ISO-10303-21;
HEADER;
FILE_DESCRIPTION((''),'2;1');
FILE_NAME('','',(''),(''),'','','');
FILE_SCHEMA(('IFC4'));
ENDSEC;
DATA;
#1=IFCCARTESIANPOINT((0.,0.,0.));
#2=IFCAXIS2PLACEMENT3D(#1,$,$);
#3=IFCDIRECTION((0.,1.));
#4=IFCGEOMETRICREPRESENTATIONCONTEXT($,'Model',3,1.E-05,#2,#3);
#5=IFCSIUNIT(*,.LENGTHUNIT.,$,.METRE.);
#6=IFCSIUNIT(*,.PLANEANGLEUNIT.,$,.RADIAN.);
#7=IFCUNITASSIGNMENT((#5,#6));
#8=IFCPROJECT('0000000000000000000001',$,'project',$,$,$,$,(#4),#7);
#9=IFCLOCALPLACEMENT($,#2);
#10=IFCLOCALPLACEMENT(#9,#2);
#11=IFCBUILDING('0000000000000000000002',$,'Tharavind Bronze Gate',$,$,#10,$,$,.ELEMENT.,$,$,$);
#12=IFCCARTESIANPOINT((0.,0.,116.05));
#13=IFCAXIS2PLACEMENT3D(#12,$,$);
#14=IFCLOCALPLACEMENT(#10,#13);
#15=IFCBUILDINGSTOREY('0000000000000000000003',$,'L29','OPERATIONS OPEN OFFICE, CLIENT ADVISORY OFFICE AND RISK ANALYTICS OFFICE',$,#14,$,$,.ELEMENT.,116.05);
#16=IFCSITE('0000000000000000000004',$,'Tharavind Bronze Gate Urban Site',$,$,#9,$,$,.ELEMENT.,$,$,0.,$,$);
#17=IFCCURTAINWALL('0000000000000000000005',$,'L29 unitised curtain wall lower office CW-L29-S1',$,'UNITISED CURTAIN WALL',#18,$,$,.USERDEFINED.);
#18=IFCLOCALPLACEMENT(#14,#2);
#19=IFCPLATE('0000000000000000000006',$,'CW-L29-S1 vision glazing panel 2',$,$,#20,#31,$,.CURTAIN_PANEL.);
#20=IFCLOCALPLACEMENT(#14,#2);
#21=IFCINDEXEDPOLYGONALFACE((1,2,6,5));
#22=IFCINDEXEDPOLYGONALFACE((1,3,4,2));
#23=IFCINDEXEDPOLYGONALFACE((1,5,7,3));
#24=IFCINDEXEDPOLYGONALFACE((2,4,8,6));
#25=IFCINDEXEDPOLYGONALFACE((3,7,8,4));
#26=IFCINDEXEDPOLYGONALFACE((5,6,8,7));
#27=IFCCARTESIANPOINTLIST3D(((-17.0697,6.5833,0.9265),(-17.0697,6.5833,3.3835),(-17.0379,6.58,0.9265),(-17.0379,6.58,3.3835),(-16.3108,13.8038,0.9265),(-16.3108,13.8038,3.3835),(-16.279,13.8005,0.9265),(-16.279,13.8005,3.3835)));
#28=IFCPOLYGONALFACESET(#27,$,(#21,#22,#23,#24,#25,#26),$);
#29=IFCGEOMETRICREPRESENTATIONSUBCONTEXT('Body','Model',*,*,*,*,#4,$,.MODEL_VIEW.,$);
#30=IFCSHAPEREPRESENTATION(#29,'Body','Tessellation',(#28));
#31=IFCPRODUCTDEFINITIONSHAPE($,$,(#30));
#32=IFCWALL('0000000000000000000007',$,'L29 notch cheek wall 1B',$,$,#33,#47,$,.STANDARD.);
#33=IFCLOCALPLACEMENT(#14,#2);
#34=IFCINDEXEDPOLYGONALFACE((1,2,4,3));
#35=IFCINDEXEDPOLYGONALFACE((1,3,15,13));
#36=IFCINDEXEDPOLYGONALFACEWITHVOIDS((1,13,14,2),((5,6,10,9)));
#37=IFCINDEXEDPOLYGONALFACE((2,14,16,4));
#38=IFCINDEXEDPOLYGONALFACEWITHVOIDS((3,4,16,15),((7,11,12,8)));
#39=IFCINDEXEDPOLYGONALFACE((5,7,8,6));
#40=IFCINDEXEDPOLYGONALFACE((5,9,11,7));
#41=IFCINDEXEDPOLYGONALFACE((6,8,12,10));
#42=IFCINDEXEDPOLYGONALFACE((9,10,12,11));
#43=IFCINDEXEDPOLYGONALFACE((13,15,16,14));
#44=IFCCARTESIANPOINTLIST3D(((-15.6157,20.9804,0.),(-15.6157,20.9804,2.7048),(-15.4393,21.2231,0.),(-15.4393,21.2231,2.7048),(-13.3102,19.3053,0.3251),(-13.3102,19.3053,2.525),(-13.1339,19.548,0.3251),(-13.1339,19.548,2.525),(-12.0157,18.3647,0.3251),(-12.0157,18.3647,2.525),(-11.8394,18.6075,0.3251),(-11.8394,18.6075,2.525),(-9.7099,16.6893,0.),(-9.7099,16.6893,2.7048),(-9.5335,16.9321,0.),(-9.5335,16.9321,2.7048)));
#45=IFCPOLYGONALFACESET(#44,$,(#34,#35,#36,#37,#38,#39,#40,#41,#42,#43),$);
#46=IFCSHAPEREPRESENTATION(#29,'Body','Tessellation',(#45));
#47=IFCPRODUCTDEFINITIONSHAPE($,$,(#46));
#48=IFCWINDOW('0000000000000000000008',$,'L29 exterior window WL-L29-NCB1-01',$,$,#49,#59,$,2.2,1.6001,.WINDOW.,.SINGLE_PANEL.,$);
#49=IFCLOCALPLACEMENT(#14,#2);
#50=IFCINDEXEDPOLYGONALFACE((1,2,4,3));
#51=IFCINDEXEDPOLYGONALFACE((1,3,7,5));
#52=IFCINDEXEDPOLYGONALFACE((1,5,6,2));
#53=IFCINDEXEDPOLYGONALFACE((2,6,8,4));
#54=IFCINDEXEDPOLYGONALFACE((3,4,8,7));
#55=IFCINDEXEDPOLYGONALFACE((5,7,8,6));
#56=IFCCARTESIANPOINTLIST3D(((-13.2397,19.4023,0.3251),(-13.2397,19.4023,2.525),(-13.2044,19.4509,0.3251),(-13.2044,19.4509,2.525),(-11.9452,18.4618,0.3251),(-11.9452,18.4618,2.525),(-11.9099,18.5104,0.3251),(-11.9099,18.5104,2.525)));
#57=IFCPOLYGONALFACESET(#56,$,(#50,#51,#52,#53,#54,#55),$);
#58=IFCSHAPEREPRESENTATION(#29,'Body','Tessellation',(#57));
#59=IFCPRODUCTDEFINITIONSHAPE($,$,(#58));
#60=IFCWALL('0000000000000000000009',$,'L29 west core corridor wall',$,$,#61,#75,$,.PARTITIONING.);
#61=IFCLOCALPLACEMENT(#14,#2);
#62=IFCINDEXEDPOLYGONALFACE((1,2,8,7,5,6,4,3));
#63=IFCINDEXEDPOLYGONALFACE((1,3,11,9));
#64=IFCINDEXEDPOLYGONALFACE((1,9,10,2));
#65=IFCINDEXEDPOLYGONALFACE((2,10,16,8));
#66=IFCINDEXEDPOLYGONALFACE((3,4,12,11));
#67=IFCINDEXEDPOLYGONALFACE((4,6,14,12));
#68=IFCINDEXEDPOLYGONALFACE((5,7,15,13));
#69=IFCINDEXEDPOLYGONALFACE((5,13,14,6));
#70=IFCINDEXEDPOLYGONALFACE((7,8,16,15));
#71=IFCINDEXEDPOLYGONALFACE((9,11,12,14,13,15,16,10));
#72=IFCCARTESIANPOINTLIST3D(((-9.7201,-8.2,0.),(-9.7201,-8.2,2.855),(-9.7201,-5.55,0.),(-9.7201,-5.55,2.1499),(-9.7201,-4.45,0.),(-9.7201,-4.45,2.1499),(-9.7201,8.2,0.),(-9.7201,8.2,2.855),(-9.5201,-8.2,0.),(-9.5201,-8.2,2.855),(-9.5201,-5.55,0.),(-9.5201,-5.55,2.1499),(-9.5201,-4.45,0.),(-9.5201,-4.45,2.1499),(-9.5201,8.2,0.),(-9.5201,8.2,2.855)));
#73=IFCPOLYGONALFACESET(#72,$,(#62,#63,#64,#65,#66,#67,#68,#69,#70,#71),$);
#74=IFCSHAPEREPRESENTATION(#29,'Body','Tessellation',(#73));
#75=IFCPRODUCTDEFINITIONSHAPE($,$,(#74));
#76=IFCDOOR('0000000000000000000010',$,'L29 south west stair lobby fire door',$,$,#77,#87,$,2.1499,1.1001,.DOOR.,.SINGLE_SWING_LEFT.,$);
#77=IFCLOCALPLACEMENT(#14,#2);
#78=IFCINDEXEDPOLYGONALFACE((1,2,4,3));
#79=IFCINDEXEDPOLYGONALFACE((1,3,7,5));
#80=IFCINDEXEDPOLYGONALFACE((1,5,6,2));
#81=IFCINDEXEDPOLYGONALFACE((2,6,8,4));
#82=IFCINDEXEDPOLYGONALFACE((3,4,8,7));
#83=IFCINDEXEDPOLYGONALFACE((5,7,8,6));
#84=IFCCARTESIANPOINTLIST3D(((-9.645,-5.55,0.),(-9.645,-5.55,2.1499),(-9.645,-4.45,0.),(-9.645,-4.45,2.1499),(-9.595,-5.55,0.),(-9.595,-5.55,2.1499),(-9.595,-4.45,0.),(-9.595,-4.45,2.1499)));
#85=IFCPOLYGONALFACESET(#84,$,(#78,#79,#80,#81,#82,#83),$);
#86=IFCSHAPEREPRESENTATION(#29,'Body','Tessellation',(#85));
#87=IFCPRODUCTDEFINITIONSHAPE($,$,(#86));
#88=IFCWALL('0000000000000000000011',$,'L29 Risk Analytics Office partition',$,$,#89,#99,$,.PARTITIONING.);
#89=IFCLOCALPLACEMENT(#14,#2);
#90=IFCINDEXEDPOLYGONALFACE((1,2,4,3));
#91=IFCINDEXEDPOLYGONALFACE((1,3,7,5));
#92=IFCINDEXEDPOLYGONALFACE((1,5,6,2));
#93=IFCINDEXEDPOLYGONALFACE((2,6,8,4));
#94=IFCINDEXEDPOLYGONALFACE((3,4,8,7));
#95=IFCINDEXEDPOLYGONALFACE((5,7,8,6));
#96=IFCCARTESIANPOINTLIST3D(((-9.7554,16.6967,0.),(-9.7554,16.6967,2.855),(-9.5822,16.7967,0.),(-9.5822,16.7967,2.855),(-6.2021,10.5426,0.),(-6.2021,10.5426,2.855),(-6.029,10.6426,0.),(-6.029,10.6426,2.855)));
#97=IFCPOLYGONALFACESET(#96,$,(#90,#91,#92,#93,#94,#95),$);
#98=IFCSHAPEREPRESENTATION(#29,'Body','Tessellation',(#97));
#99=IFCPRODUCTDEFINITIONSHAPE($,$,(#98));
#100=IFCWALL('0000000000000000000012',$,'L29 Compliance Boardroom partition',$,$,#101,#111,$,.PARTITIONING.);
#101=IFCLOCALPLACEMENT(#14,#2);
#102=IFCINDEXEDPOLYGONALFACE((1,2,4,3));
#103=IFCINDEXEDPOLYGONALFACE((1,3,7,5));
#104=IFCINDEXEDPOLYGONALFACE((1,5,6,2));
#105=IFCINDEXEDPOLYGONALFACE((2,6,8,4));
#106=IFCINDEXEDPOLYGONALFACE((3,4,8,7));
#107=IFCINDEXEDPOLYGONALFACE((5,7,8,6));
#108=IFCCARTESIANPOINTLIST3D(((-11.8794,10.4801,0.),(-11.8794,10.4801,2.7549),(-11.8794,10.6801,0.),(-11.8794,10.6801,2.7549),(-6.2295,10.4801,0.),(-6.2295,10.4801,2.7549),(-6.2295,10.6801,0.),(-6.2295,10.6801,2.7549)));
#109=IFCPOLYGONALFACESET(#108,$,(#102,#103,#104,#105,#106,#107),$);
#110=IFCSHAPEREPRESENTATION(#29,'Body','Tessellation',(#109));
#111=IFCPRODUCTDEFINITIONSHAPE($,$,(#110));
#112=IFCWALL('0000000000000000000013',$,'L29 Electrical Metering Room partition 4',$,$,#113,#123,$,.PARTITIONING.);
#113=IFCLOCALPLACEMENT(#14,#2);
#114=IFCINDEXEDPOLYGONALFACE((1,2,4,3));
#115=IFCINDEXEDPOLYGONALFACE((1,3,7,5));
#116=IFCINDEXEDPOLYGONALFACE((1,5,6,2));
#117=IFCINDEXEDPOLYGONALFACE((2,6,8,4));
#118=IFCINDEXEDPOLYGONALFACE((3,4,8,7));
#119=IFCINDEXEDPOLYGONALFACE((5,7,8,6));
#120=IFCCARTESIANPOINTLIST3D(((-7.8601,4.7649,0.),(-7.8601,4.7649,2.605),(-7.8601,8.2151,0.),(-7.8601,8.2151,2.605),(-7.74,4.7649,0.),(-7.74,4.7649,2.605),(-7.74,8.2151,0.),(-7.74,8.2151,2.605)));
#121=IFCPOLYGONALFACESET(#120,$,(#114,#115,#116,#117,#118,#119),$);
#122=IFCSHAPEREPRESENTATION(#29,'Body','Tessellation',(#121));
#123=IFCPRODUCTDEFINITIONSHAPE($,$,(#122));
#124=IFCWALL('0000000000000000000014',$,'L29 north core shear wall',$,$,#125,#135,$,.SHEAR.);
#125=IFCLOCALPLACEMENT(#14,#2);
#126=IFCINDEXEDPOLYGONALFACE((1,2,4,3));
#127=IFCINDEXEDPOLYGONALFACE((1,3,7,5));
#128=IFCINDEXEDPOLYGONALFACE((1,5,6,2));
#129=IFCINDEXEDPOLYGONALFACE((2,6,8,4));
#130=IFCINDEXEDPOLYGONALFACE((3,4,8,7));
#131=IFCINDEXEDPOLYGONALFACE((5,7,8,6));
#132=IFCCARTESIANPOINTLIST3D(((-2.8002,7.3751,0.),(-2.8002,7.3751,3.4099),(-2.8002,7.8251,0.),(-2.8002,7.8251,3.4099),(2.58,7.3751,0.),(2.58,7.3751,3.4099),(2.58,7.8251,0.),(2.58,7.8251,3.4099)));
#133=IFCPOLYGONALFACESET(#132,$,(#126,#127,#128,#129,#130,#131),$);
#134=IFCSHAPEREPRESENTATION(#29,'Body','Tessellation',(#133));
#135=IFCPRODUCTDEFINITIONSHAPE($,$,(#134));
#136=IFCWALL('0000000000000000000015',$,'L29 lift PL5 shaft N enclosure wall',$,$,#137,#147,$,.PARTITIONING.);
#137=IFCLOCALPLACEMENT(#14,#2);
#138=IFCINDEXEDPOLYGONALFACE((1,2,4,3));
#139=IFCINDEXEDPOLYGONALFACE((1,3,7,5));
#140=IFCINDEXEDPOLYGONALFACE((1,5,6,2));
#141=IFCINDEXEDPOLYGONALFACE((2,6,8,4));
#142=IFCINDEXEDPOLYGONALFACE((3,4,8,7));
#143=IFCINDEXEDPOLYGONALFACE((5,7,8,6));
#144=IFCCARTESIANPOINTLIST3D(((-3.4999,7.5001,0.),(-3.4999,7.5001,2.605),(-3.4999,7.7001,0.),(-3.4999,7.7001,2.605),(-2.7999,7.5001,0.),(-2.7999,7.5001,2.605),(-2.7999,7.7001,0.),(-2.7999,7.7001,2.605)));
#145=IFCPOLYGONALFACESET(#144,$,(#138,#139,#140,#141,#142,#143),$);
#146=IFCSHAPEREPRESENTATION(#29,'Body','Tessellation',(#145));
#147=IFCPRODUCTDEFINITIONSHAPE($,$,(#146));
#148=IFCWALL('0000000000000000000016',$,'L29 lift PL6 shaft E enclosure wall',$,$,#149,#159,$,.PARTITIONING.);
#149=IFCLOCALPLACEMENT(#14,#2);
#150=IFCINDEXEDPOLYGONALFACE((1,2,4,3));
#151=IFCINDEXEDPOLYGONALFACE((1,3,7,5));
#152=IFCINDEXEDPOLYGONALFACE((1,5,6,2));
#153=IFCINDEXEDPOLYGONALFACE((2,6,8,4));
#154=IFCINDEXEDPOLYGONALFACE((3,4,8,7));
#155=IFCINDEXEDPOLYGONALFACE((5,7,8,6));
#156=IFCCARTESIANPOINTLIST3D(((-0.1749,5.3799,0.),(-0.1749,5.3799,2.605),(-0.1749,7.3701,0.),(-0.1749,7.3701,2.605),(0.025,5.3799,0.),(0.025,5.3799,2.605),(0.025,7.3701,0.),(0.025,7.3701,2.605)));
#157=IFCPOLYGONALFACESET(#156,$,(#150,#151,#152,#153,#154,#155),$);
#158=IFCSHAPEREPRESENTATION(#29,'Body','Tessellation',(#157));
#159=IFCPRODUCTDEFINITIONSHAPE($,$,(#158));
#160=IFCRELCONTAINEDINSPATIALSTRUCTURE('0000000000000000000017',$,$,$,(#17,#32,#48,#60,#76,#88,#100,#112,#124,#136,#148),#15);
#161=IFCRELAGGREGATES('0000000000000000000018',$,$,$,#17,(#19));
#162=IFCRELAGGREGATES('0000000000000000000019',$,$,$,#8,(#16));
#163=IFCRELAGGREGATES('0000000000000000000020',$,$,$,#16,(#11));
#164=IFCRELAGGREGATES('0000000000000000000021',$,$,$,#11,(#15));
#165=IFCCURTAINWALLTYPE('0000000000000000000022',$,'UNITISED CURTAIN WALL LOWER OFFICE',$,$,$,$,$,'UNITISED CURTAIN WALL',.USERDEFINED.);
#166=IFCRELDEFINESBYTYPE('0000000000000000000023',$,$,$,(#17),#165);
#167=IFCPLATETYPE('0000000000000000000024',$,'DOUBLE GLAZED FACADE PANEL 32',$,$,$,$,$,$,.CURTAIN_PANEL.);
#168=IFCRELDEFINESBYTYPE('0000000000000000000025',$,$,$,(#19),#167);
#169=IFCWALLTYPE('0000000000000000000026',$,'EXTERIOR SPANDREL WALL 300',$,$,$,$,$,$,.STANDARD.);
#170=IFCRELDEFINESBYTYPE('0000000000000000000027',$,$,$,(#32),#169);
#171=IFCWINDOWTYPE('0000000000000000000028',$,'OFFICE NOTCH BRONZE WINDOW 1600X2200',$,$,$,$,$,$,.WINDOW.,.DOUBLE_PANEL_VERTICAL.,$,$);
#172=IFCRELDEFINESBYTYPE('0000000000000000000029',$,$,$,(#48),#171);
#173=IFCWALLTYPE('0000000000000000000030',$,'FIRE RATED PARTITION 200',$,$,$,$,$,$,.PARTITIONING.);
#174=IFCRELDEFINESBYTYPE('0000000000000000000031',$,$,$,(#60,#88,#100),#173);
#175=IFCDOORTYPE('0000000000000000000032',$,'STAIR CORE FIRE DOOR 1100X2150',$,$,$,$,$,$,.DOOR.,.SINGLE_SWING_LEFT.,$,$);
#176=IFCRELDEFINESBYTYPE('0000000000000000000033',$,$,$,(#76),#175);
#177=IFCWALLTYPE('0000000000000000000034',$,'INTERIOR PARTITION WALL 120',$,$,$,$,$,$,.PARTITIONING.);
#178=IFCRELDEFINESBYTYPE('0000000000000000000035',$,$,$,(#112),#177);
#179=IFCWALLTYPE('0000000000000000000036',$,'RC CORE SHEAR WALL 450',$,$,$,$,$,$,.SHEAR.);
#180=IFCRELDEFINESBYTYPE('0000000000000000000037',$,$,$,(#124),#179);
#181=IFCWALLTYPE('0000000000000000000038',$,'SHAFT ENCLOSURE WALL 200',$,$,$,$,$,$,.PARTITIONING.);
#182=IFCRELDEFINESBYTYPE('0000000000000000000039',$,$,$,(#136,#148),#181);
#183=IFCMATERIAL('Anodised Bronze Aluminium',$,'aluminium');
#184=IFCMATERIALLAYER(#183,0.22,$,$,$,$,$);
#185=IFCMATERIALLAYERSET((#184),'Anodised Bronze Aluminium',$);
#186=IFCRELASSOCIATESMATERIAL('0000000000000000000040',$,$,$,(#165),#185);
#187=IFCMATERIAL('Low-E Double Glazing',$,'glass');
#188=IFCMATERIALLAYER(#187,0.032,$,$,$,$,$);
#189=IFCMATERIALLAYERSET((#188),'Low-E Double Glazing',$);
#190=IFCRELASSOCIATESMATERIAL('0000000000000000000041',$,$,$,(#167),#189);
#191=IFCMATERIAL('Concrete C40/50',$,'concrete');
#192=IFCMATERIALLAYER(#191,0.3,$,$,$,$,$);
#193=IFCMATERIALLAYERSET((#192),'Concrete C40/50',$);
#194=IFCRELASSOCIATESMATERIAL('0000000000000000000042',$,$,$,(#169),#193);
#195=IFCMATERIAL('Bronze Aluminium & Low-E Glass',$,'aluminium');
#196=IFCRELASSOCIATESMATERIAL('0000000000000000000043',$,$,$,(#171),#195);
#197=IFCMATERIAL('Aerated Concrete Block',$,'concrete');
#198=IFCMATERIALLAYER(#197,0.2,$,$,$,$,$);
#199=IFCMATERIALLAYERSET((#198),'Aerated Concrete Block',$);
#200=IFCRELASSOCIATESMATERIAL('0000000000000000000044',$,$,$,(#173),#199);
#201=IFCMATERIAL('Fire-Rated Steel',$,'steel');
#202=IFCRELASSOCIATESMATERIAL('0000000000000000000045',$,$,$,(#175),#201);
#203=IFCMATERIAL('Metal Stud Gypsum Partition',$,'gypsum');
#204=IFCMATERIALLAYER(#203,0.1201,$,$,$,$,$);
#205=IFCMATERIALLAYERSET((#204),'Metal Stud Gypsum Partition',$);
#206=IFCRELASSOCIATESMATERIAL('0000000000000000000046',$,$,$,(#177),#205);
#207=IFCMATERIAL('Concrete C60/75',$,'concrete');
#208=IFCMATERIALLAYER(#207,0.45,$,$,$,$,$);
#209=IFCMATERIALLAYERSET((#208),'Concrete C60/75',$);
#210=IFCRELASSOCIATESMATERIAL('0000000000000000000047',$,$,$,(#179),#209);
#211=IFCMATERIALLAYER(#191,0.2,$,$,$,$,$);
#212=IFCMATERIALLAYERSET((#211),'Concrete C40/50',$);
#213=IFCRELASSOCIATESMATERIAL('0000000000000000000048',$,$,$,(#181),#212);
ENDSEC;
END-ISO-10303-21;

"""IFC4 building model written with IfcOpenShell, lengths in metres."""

from ifc_helpers import new_model, si_unit, direction, frame, frame_2d, origin, origin_2d, place, context, subcontext, project, spatial, rectangle, extrude, material, layer, layer_set, type_object, element, fill, aggregate, save


model = new_model("IFC4")

# Units and contexts
model_context = context("Model", 3, precision=1e-05, world=origin(), true_north=direction((0.0, 1.0)))
body_context = subcontext(model_context, "Body", "Model", "MODEL_VIEW")
ifc_project = project(units=[si_unit("LENGTHUNIT", "METRE"), si_unit("PLANEANGLEUNIT", "RADIAN")], contexts=[model_context])

# Site, building, storey
site_placement = place(None, origin())
site = spatial("IfcSite", under=ifc_project, at=site_placement, Name="Tharavind Bronze Gate Urban Site", CompositionType="ELEMENT", RefElevation=0.0)
building_placement = place(site_placement, origin())
building = spatial("IfcBuilding", under=site, at=building_placement, Name="Tharavind Bronze Gate", CompositionType="ELEMENT")
storey_placement = place(building_placement, frame((0.0, 0.0, 116.05)))
storey = spatial("IfcBuildingStorey", under=building, at=storey_placement, Name="L29", Description="OPERATIONS OPEN OFFICE, CLIENT ADVISORY OFFICE AND RISK ANALYTICS OFFICE", CompositionType="ELEMENT", Elevation=116.05)

# Shared definitions
ifc_material_1 = material(Name="Concrete C60/75", Category="concrete")

# Curtain wall
ifc_material_2 = material(Name="Anodised Bronze Aluminium", Category="aluminium")
ifc_layer_1 = layer(ifc_material_2, 0.22)
ifc_layer_set_1 = layer_set([ifc_layer_1], Name="Anodised Bronze Aluminium")
curtain_wall_type = type_object("IfcCurtainWallType", Name="UNITISED CURTAIN WALL LOWER OFFICE", ElementType="UNITISED CURTAIN WALL", PredefinedType="USERDEFINED", material=ifc_layer_set_1)
curtain_wall_placement = place(storey_placement, origin())
curtain_wall = element("IfcCurtainWall", 1, at=curtain_wall_placement, inside=storey, type_object=curtain_wall_type, Name="L29 unitised curtain wall lower office CW-L29-S1", ObjectType="UNITISED CURTAIN WALL", PredefinedType="USERDEFINED")

# Plate
ifc_material_3 = material(Name="Low-E Double Glazing", Category="glass")
ifc_layer_2 = layer(ifc_material_3, 0.032)
ifc_layer_set_2 = layer_set([ifc_layer_2], Name="Low-E Double Glazing")
plate_type_1 = type_object("IfcPlateType", Name="DOUBLE GLAZED FACADE PANEL 32", PredefinedType="CURTAIN_PANEL", material=ifc_layer_set_2)
plate_1_placement = place(storey_placement, frame((-16.6743, 10.1919, 0.9265), z_axis=(0.0, 0.0, 1.0), x_axis=(-0.104527, -0.994522, 0.0)))
plate_1 = element("IfcPlate", 2, at=plate_1_placement, type_object=plate_type_1, Name="CW-L29-S1 vision glazing panel 2", PredefinedType="CURTAIN_PANEL", context=body_context, shape_type="SweptSolid", body=[
    extrude(rectangle(XDim=7.2603, YDim=0.032, at=origin_2d()), origin(), (0.0, 0.0, 1.0), 2.457),
])
aggregate(curtain_wall, [plate_1])

# Wall, opening, window
ifc_material_4 = material(Name="Concrete C40/50", Category="concrete")
ifc_layer_3 = layer(ifc_material_4, 0.3)
ifc_layer_set_3 = layer_set([ifc_layer_3], Name="Concrete C40/50")
wall_type_1 = type_object("IfcWallType", Name="EXTERIOR SPANDREL WALL 300", PredefinedType="STANDARD", material=ifc_layer_set_3)
wall_1_placement = place(storey_placement, frame((-9.6218, 16.8108, 0.0), z_axis=(0.0, 0.0, 1.0), x_axis=(-0.809002, 0.587806, 0.0)))
wall_1 = element("IfcWall", 3, at=wall_1_placement, inside=storey, type_object=wall_type_1, Name="L29 notch cheek wall 1B", PredefinedType="STANDARD", context=body_context, shape_type="SweptSolid", body=[
    extrude(rectangle(XDim=7.3, YDim=0.3, at=frame_2d((3.6499, 0.0))), origin(), (0.0, 0.0, 1.0), 2.7048),
])
opening_1_placement = place(wall_1_placement, frame((2.8501, 0.0, 0.325)))
opening_1 = element("IfcOpeningElement", 4, at=opening_1_placement, cuts=wall_1, PredefinedType="OPENING", context=body_context, shape_type="SweptSolid", body=[
    extrude(rectangle(XDim=1.6001, YDim=2.2, at=frame_2d((0.8, 1.1001))), frame((0.0, 0.1599, 0.0), z_axis=(0.0, -1.0, 0.0), x_axis=(1.0, 0.0, 0.0)), (0.0, 0.0, 1.0), 0.32),
])
ifc_material_5 = material(Name="Bronze Aluminium & Low-E Glass", Category="aluminium")
window_type = type_object("IfcWindowType", Name="OFFICE NOTCH BRONZE WINDOW 1600X2200", PartitioningType="DOUBLE_PANEL_VERTICAL", PredefinedType="WINDOW", material=ifc_material_5)
window_placement = place(opening_1_placement, origin())
window = element("IfcWindow", 5, at=window_placement, inside=storey, type_object=window_type, Name="L29 exterior window WL-L29-NCB1-01", OverallHeight=2.2, OverallWidth=1.6001, PartitioningType="SINGLE_PANEL", PredefinedType="WINDOW", context=body_context, shape_type="SweptSolid", body=[
    extrude(rectangle(XDim=1.6001, YDim=2.2, at=frame_2d((0.8, 1.1001))), frame((0.0, 0.03, 0.0), z_axis=(0.0, -1.0, 0.0), x_axis=(1.0, 0.0, 0.0)), (0.0, 0.0, 1.0), 0.0601),
])
fill(opening_1, window)

# Wall, opening, door
ifc_material_6 = material(Name="Aerated Concrete Block", Category="concrete")
ifc_layer_4 = layer(ifc_material_6, 0.2)
ifc_layer_set_4 = layer_set([ifc_layer_4], Name="Aerated Concrete Block")
wall_type_2 = type_object("IfcWallType", Name="FIRE RATED PARTITION 200", PredefinedType="PARTITIONING", material=ifc_layer_set_4)
wall_2_placement = place(storey_placement, frame((-9.6201, 8.2, 0.0), z_axis=(0.0, 0.0, 1.0), x_axis=(0.0, -1.0, 0.0)))
wall_2 = element("IfcWall", 6, at=wall_2_placement, inside=storey, type_object=wall_type_2, Name="L29 west core corridor wall", PredefinedType="PARTITIONING", context=body_context, shape_type="SweptSolid", body=[
    extrude(rectangle(XDim=16.3999, YDim=0.2, at=frame_2d((8.2, 0.0))), origin(), (0.0, 0.0, 1.0), 2.855),
])
opening_2_placement = place(wall_2_placement, frame((12.6499, 0.0, 0.0)))
opening_2 = element("IfcOpeningElement", 7, at=opening_2_placement, cuts=wall_2, PredefinedType="OPENING", context=body_context, shape_type="SweptSolid", body=[
    extrude(rectangle(XDim=1.1001, YDim=2.1499, at=frame_2d((0.55, 1.075))), frame((0.0, 0.1101, 0.0), z_axis=(0.0, -1.0, 0.0), x_axis=(1.0, 0.0, 0.0)), (0.0, 0.0, 1.0), 0.22),
])
ifc_material_7 = material(Name="Fire-Rated Steel", Category="steel")
door_type_1 = type_object("IfcDoorType", Name="STAIR CORE FIRE DOOR 1100X2150", OperationType="SINGLE_SWING_LEFT", PredefinedType="DOOR", material=ifc_material_7)
door_1_placement = place(opening_2_placement, frame((1.1001, 0.0, 0.0), z_axis=(0.0, 0.0, 1.0), x_axis=(-1.0, 0.0, 0.0)))
door_1 = element("IfcDoor", 8, at=door_1_placement, inside=storey, type_object=door_type_1, Name="L29 south west stair lobby fire door", OperationType="SINGLE_SWING_LEFT", OverallHeight=2.1499, OverallWidth=1.1001, PredefinedType="DOOR", context=body_context, shape_type="SweptSolid", body=[
    extrude(rectangle(XDim=1.1001, YDim=2.1499, at=frame_2d((0.55, 1.075))), frame((0.0, 0.0249, 0.0), z_axis=(0.0, -1.0, 0.0), x_axis=(1.0, 0.0, 0.0)), (0.0, 0.0, 1.0), 0.05),
])
fill(opening_2, door_1)

# Walls
wall_3_placement = place(storey_placement, frame((-6.1155, 10.5925, 0.0), z_axis=(0.0, 0.0, 1.0), x_axis=(-0.500019, 0.866015, 0.0)))
element("IfcWall", 9, at=wall_3_placement, inside=storey, type_object=wall_type_2, Name="L29 Risk Analytics Office partition", PredefinedType="PARTITIONING", context=body_context, shape_type="SweptSolid", body=[
    extrude(rectangle(XDim=7.1062, YDim=0.2, at=frame_2d((3.5532, 0.0))), origin(), (0.0, 0.0, 1.0), 2.855),
])
wall_4_placement = place(storey_placement, frame((-6.2295, 10.5801, 0.0), z_axis=(0.0, 0.0, 1.0), x_axis=(-1.0, 0.0, 0.0)))
element("IfcWall", 10, at=wall_4_placement, inside=storey, type_object=wall_type_2, Name="L29 Compliance Boardroom partition", PredefinedType="PARTITIONING", context=body_context, shape_type="SweptSolid", body=[
    extrude(rectangle(XDim=5.6499, YDim=0.2, at=frame_2d((2.825, 0.0))), origin(), (0.0, 0.0, 1.0), 2.7549),
])

# Walls
ifc_material_8 = material(Name="Metal Stud Gypsum Partition", Category="gypsum")
ifc_layer_5 = layer(ifc_material_8, 0.1201)
ifc_layer_set_5 = layer_set([ifc_layer_5], Name="Metal Stud Gypsum Partition")
wall_type_3 = type_object("IfcWallType", Name="INTERIOR PARTITION WALL 120", PredefinedType="PARTITIONING", material=ifc_layer_set_5)
wall_5_placement = place(storey_placement, frame((-7.8, 8.2151, 0.0), z_axis=(0.0, 0.0, 1.0), x_axis=(0.0, -1.0, 0.0)))
element("IfcWall", 11, at=wall_5_placement, inside=storey, type_object=wall_type_3, Name="L29 Electrical Metering Room partition 4", PredefinedType="PARTITIONING", context=body_context, shape_type="SweptSolid", body=[
    extrude(rectangle(XDim=3.4502, YDim=0.1201, at=frame_2d((1.7251, 0.0))), origin(), (0.0, 0.0, 1.0), 2.605),
])
ifc_layer_6 = layer(ifc_material_1, 0.45)
ifc_layer_set_6 = layer_set([ifc_layer_6], Name="Concrete C60/75")
wall_type_4 = type_object("IfcWallType", Name="RC CORE SHEAR WALL 450", PredefinedType="SHEAR", material=ifc_layer_set_6)
wall_6_placement = place(storey_placement, frame((-2.8, 7.6001, 0.0), z_axis=(0.0, 0.0, 1.0), x_axis=(1.0, 0.0, 0.0)))
element("IfcWall", 12, at=wall_6_placement, inside=storey, type_object=wall_type_4, Name="L29 north core shear wall", PredefinedType="SHEAR", context=body_context, shape_type="SweptSolid", body=[
    extrude(rectangle(XDim=5.3801, YDim=0.45, at=frame_2d((2.6899, 0.0))), origin(), (0.0, 0.0, 1.0), 3.4099),
])
ifc_layer_7 = layer(ifc_material_4, 0.2)
ifc_layer_set_7 = layer_set([ifc_layer_7], Name="Concrete C40/50")
wall_type_5 = type_object("IfcWallType", Name="SHAFT ENCLOSURE WALL 200", PredefinedType="PARTITIONING", material=ifc_layer_set_7)
wall_7_placement = place(storey_placement, frame((-3.5, 7.6001, 0.0), z_axis=(0.0, 0.0, 1.0), x_axis=(1.0, 0.0, 0.0)))
element("IfcWall", 13, at=wall_7_placement, inside=storey, type_object=wall_type_5, Name="L29 lift PL5 shaft N enclosure wall", PredefinedType="PARTITIONING", context=body_context, shape_type="SweptSolid", body=[
    extrude(rectangle(XDim=0.7, YDim=0.2, at=frame_2d((0.3501, 0.0))), origin(), (0.0, 0.0, 1.0), 2.605),
])
wall_8_placement = place(storey_placement, frame((-0.075, 5.3799, 0.0), z_axis=(0.0, 0.0, 1.0), x_axis=(0.0, 1.0, 0.0)))
element("IfcWall", 14, at=wall_8_placement, inside=storey, type_object=wall_type_5, Name="L29 lift PL6 shaft E enclosure wall", PredefinedType="PARTITIONING", context=body_context, shape_type="SweptSolid", body=[
    extrude(rectangle(XDim=1.9902, YDim=0.2, at=frame_2d((0.9951, 0.0))), origin(), (0.0, 0.0, 1.0), 2.605),
])

save(model, "model.ifc")
